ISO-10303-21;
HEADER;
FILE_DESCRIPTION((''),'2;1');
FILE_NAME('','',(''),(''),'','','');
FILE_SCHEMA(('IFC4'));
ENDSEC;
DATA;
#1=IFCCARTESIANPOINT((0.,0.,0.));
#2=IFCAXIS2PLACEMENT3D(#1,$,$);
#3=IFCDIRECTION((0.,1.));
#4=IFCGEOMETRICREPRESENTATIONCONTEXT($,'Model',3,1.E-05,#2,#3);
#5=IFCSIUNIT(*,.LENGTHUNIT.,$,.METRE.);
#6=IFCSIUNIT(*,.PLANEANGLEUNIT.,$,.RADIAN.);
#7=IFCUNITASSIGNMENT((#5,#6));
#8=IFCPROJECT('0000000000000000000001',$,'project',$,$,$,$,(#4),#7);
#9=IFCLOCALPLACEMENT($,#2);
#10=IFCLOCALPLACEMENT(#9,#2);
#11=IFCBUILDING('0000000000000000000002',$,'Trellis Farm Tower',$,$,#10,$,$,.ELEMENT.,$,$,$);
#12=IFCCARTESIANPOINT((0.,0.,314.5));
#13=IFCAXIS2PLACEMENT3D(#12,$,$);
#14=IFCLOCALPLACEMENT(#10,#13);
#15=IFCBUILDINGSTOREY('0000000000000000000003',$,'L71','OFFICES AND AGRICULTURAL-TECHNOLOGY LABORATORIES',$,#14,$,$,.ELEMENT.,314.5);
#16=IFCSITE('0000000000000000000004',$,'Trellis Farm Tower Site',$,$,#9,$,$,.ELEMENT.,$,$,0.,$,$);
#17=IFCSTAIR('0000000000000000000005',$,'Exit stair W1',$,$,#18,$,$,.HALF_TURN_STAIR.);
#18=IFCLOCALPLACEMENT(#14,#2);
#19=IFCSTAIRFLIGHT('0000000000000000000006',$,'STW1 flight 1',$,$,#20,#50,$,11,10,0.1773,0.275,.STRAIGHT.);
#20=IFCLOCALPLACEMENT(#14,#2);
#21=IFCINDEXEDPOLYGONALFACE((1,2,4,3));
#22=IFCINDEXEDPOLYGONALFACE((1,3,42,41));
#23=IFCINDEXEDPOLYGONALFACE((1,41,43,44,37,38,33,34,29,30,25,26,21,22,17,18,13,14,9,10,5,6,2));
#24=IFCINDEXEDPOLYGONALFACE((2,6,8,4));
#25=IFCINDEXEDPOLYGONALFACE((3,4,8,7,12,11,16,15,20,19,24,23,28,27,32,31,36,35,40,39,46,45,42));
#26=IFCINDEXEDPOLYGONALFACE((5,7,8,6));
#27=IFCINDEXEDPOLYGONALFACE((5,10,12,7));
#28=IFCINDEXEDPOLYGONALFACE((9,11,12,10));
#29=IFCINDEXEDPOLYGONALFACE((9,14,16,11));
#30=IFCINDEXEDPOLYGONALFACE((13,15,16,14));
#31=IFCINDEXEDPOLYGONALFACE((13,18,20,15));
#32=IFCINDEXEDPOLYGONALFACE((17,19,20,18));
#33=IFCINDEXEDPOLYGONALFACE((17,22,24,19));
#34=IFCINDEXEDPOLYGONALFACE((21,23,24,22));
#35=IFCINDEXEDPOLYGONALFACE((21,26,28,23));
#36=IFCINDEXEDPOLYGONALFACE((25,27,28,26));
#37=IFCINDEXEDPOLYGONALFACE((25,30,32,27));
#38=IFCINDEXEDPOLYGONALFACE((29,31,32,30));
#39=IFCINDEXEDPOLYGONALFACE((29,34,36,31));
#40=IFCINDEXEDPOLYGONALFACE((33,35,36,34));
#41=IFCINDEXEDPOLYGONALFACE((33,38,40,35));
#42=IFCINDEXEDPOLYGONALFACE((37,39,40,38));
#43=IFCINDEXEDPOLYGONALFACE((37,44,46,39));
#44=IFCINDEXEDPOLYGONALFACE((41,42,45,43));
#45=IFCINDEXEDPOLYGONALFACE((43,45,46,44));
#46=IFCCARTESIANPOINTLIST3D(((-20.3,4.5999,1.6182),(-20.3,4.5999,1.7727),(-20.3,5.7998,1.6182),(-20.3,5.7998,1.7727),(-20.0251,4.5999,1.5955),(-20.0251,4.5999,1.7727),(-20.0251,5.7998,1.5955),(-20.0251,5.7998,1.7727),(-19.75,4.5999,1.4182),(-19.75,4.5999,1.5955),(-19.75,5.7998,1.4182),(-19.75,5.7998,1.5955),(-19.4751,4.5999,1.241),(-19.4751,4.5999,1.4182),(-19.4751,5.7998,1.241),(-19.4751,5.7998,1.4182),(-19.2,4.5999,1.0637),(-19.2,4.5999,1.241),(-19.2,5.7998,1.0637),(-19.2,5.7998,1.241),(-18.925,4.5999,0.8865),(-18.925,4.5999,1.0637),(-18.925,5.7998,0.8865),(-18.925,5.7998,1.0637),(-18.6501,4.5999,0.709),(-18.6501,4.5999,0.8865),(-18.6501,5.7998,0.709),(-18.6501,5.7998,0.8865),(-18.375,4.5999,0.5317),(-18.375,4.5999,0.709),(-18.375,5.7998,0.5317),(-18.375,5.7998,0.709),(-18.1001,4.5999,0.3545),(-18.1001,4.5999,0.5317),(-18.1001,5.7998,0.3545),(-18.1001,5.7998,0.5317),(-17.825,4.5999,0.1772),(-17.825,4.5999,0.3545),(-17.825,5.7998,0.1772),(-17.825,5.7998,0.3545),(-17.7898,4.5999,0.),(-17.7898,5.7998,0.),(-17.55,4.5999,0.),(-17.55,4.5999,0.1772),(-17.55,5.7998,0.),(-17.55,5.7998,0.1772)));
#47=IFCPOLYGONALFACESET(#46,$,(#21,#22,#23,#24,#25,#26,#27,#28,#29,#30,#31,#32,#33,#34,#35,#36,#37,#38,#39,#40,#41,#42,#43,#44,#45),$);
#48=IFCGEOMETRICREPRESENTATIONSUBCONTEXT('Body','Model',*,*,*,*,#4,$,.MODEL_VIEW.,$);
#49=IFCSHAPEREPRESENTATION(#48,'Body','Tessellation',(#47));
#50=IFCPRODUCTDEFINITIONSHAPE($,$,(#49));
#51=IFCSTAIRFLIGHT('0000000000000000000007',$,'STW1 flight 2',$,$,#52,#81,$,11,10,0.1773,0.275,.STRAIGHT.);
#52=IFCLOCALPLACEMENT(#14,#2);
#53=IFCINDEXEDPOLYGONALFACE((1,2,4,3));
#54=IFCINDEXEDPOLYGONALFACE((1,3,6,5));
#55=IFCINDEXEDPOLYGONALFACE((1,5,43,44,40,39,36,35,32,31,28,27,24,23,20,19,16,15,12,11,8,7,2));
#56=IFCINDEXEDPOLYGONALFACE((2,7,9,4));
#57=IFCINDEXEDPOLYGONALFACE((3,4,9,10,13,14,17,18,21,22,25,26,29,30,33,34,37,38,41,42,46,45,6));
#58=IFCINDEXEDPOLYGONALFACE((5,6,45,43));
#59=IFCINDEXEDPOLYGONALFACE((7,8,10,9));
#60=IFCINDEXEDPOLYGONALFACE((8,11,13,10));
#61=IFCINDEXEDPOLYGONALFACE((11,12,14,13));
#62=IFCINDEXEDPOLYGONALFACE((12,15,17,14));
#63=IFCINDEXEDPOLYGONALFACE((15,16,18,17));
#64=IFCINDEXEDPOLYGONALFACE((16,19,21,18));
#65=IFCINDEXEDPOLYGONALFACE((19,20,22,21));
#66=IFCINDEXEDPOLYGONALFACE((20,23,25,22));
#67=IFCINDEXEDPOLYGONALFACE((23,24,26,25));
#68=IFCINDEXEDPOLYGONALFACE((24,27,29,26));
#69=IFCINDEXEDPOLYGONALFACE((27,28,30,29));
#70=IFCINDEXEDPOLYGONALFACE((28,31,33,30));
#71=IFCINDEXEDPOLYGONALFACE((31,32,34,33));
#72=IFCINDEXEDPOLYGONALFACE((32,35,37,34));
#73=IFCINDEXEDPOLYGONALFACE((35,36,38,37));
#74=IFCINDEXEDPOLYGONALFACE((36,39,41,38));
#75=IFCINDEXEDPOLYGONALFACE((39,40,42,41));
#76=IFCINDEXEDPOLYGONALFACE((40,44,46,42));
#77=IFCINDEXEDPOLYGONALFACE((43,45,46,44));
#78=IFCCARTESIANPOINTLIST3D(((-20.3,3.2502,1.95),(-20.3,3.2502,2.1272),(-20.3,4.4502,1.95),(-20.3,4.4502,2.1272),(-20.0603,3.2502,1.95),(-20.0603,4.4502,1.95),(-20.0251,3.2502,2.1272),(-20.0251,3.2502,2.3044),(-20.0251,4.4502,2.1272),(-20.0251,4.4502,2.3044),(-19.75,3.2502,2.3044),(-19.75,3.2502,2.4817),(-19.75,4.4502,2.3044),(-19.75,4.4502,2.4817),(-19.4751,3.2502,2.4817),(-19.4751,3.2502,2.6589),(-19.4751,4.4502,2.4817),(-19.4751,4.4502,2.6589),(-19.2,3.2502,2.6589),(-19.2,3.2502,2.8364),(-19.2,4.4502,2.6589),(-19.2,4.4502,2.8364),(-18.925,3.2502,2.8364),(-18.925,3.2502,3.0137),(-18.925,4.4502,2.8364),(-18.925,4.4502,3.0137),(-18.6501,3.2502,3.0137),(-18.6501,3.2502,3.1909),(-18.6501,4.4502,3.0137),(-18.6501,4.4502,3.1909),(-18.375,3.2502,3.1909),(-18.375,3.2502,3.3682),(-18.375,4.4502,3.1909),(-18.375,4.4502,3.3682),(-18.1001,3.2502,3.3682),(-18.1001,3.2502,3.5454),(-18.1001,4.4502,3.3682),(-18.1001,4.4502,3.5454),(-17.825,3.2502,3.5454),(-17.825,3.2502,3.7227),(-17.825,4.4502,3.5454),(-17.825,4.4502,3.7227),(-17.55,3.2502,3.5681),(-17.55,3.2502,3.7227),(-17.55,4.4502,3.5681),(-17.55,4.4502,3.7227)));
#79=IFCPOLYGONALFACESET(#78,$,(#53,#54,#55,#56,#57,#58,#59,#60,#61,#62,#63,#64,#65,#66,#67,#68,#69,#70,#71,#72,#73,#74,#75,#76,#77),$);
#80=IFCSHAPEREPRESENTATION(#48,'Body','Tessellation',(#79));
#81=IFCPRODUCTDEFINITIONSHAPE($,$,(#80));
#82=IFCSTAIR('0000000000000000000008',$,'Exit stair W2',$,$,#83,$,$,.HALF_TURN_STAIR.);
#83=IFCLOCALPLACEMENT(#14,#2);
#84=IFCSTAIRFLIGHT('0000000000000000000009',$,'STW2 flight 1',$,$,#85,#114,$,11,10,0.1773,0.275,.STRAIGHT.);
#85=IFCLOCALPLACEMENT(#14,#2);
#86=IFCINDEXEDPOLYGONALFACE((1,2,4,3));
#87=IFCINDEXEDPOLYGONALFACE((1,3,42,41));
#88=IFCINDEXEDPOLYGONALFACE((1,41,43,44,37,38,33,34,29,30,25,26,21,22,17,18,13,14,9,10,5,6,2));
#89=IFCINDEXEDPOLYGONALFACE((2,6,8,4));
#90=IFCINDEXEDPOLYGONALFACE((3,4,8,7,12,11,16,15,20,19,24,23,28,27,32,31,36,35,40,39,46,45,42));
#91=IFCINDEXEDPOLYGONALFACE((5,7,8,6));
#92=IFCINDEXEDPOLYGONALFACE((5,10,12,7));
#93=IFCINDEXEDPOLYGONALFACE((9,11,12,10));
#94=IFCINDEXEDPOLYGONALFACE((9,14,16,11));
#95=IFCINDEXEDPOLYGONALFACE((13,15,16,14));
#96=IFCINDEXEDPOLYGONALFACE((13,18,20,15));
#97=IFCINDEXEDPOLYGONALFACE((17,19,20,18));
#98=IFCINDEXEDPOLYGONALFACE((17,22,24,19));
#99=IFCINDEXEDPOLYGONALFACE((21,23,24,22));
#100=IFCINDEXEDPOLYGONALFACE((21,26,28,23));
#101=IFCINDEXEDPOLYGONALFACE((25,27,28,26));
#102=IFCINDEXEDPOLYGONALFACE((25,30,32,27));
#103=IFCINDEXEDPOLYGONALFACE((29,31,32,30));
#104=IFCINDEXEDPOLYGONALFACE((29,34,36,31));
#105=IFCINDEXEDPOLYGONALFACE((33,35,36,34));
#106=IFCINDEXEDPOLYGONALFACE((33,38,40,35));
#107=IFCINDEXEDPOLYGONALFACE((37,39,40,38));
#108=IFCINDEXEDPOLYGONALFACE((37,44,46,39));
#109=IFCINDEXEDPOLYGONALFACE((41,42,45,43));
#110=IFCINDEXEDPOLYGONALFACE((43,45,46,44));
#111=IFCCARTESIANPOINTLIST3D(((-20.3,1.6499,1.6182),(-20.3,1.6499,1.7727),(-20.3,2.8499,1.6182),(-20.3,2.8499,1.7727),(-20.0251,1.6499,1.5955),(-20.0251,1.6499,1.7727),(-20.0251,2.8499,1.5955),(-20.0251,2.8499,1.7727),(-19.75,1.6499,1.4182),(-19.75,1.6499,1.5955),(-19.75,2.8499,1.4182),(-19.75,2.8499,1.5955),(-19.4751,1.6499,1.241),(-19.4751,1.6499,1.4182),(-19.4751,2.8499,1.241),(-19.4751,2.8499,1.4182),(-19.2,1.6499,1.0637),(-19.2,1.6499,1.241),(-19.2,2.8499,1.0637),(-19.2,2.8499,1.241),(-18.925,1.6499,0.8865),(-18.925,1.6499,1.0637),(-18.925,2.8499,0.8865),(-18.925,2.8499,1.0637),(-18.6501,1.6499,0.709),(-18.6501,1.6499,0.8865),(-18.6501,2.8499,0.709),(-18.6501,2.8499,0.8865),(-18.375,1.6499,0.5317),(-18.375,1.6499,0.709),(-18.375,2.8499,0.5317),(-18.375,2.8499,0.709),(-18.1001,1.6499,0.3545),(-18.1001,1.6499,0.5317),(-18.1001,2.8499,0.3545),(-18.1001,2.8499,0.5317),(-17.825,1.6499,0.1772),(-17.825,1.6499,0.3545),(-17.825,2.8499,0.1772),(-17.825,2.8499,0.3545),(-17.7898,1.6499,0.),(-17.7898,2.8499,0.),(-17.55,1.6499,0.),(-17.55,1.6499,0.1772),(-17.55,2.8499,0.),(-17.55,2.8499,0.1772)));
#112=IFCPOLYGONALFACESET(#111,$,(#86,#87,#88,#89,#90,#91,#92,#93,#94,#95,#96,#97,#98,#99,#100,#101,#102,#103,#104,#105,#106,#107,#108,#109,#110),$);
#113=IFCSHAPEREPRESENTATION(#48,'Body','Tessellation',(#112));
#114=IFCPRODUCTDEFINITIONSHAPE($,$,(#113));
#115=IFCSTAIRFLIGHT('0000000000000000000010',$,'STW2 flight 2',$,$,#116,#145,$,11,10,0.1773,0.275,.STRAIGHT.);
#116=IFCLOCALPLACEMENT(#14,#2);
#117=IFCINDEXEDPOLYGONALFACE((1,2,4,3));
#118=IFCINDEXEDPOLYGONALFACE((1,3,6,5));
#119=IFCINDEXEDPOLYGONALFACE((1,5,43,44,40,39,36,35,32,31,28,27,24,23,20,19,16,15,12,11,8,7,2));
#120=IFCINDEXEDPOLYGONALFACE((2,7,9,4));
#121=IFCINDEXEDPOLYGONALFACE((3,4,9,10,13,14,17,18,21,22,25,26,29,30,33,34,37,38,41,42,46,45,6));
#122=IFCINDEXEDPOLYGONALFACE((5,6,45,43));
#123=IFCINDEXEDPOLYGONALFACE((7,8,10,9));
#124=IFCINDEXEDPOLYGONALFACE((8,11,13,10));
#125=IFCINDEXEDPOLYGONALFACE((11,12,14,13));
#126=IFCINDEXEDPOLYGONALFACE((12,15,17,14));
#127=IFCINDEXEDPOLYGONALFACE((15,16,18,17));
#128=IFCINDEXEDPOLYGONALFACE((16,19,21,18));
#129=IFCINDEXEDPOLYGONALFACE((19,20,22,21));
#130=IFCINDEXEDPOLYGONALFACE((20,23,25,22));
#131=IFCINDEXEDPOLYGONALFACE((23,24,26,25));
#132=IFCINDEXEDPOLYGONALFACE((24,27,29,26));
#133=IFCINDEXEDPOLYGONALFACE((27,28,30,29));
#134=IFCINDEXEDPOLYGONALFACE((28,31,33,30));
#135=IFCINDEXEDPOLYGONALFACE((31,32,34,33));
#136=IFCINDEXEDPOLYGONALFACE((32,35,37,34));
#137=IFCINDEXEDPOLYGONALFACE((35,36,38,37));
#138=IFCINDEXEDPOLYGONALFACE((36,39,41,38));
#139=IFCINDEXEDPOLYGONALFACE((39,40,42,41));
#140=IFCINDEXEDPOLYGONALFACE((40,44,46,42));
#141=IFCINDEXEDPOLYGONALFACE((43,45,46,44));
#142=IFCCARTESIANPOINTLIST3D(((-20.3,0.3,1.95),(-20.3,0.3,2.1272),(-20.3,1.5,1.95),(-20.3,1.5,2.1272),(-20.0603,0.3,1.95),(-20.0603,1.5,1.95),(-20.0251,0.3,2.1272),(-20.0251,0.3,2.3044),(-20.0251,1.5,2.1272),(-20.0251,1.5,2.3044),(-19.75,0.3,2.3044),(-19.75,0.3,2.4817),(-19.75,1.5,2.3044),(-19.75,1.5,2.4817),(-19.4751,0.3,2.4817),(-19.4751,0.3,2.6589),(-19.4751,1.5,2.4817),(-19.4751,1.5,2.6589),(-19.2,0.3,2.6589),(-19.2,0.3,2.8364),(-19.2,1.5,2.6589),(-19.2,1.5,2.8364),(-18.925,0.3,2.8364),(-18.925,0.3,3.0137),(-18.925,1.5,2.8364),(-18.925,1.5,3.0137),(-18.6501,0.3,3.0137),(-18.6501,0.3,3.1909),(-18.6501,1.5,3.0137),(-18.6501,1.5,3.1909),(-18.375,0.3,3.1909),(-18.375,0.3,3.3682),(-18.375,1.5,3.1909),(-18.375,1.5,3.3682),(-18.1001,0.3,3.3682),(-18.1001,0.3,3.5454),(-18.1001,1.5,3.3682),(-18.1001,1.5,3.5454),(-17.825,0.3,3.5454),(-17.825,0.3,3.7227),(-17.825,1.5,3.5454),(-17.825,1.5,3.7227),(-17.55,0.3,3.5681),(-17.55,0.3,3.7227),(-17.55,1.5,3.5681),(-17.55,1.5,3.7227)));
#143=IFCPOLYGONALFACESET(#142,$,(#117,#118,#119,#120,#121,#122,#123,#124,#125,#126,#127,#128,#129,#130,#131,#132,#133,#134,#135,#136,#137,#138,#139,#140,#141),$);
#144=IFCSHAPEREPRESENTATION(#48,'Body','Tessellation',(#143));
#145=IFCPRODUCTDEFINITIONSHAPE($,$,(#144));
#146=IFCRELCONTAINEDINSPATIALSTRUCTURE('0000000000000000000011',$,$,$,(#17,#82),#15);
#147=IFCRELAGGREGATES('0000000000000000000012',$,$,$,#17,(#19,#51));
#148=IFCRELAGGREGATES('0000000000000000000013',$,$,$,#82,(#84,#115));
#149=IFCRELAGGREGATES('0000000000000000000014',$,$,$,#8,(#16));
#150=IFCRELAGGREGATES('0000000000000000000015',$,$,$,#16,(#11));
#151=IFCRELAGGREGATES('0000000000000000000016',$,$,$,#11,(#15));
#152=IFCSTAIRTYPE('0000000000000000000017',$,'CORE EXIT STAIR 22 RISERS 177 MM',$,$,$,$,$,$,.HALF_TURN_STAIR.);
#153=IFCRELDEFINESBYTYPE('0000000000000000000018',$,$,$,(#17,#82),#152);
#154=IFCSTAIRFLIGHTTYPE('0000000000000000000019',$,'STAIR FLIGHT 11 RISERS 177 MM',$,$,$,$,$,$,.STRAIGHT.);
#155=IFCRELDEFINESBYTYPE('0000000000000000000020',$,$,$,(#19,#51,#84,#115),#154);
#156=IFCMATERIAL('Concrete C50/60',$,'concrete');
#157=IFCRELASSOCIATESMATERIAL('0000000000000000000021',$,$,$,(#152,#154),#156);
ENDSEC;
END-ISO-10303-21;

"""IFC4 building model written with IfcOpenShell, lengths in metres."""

from ifc_helpers import new_model, si_unit, direction, frame, origin, place, context, subcontext, project, spatial, polyline, outline, extrude, source, transform, mapped, material, type_object, element, aggregate, save


model = new_model("IFC4")

# Units and contexts
model_context = context("Model", 3, precision=1e-05, world=origin(), true_north=direction((0.0, 1.0)))
body_context = subcontext(model_context, "Body", "Model", "MODEL_VIEW")
ifc_project = project(units=[si_unit("LENGTHUNIT", "METRE"), si_unit("PLANEANGLEUNIT", "RADIAN")], contexts=[model_context])

# Site, building, storey
site_placement = place(None, origin())
site = spatial("IfcSite", under=ifc_project, at=site_placement, Name="Trellis Farm Tower Site", CompositionType="ELEMENT", RefElevation=0.0)
building_placement = place(site_placement, origin())
building = spatial("IfcBuilding", under=site, at=building_placement, Name="Trellis Farm Tower", CompositionType="ELEMENT")
storey_placement = place(building_placement, frame((0.0, 0.0, 314.5)))
storey = spatial("IfcBuildingStorey", under=building, at=storey_placement, Name="L71", Description="OFFICES AND AGRICULTURAL-TECHNOLOGY LABORATORIES", CompositionType="ELEMENT", Elevation=314.5)

# Shared definitions
placement = place(storey_placement, origin())

# Shared definitions
ifc_material_1 = material(Name="Concrete C50/60", Category="concrete")

# Stairs, stair flights
stair_type = type_object("IfcStairType", Name="CORE EXIT STAIR 22 RISERS 177 MM", PredefinedType="HALF_TURN_STAIR", material=ifc_material_1)
stair_1 = element("IfcStair", 1, at=placement, inside=storey, type_object=stair_type, Name="Exit stair W1", PredefinedType="HALF_TURN_STAIR")
stair_flight_type = type_object("IfcStairFlightType", Name="STAIR FLIGHT 11 RISERS 177 MM", PredefinedType="STRAIGHT", material=ifc_material_1)
shared_shape_1 = source(origin(), body_context, "Body", "SweptSolid", [
    extrude(outline(polyline([(0.0, 0.0), (0.0, 0.1772), (0.2749, 0.1772), (0.2749, 0.3545), (0.55, 0.3545), (0.55, 0.5317), (0.825, 0.5317), (0.825, 0.709), (1.1001, 0.709), (1.1001, 0.8865), (1.375, 0.8865), (1.375, 1.0637), (1.6499, 1.0637), (1.6499, 1.241), (1.925, 1.241), (1.925, 1.4182), (2.2, 1.4182), (2.2, 1.5955), (2.4751, 1.5955), (2.4751, 1.7727), (2.75, 1.7727), (2.75, 1.95), (2.75, 1.6182), (0.2397, 0.0), (0.0, 0.0)])), frame((0.0, 0.6001, 0.0), z_axis=(0.0, -1.0, 0.0), x_axis=(1.0, 0.0, 0.0)), (0.0, 0.0, 1.0), 1.2),
])
stair_flight_1_placement = place(storey_placement, frame((-17.55, 5.2, 0.0), z_axis=(0.0, 0.0, 1.0), x_axis=(-1.0, 0.0, 0.0)))
stair_flight_1 = element("IfcStairFlight", 2, at=stair_flight_1_placement, type_object=stair_flight_type, Name="STW1 flight 1", NumberOfRisers=11, NumberOfTreads=10, PredefinedType="STRAIGHT", RiserHeight=0.1773, TreadLength=0.275, context=body_context, shape_type="MappedRepresentation", body=[
    mapped(shared_shape_1, transform((0.0, 0.0, 0.0))),
])
stair_flight_2_placement = place(storey_placement, frame((-20.3, 3.8501, 1.95), z_axis=(0.0, 0.0, 1.0), x_axis=(1.0, 0.0, 0.0)))
stair_flight_2 = element("IfcStairFlight", 3, at=stair_flight_2_placement, type_object=stair_flight_type, Name="STW1 flight 2", NumberOfRisers=11, NumberOfTreads=10, PredefinedType="STRAIGHT", RiserHeight=0.1773, TreadLength=0.275, context=body_context, shape_type="MappedRepresentation", body=[
    mapped(shared_shape_1, transform((0.0, 0.0, 0.0))),
])
aggregate(stair_1, [stair_flight_1, stair_flight_2])
stair_2 = element("IfcStair", 4, at=placement, inside=storey, type_object=stair_type, Name="Exit stair W2", PredefinedType="HALF_TURN_STAIR")
stair_flight_3_placement = place(storey_placement, frame((-17.55, 2.25, 0.0), z_axis=(0.0, 0.0, 1.0), x_axis=(-1.0, 0.0, 0.0)))
stair_flight_3 = element("IfcStairFlight", 5, at=stair_flight_3_placement, type_object=stair_flight_type, Name="STW2 flight 1", NumberOfRisers=11, NumberOfTreads=10, PredefinedType="STRAIGHT", RiserHeight=0.1773, TreadLength=0.275, context=body_context, shape_type="MappedRepresentation", body=[
    mapped(shared_shape_1, transform((0.0, 0.0, 0.0))),
])
stair_flight_4_placement = place(storey_placement, frame((-20.3, 0.8999, 1.95), z_axis=(0.0, 0.0, 1.0), x_axis=(1.0, 0.0, 0.0)))
stair_flight_4 = element("IfcStairFlight", 6, at=stair_flight_4_placement, type_object=stair_flight_type, Name="STW2 flight 2", NumberOfRisers=11, NumberOfTreads=10, PredefinedType="STRAIGHT", RiserHeight=0.1773, TreadLength=0.275, context=body_context, shape_type="MappedRepresentation", body=[
    mapped(shared_shape_1, transform((0.0, 0.0, 0.0))),
])
aggregate(stair_2, [stair_flight_3, stair_flight_4])

save(model, "model.ifc")
